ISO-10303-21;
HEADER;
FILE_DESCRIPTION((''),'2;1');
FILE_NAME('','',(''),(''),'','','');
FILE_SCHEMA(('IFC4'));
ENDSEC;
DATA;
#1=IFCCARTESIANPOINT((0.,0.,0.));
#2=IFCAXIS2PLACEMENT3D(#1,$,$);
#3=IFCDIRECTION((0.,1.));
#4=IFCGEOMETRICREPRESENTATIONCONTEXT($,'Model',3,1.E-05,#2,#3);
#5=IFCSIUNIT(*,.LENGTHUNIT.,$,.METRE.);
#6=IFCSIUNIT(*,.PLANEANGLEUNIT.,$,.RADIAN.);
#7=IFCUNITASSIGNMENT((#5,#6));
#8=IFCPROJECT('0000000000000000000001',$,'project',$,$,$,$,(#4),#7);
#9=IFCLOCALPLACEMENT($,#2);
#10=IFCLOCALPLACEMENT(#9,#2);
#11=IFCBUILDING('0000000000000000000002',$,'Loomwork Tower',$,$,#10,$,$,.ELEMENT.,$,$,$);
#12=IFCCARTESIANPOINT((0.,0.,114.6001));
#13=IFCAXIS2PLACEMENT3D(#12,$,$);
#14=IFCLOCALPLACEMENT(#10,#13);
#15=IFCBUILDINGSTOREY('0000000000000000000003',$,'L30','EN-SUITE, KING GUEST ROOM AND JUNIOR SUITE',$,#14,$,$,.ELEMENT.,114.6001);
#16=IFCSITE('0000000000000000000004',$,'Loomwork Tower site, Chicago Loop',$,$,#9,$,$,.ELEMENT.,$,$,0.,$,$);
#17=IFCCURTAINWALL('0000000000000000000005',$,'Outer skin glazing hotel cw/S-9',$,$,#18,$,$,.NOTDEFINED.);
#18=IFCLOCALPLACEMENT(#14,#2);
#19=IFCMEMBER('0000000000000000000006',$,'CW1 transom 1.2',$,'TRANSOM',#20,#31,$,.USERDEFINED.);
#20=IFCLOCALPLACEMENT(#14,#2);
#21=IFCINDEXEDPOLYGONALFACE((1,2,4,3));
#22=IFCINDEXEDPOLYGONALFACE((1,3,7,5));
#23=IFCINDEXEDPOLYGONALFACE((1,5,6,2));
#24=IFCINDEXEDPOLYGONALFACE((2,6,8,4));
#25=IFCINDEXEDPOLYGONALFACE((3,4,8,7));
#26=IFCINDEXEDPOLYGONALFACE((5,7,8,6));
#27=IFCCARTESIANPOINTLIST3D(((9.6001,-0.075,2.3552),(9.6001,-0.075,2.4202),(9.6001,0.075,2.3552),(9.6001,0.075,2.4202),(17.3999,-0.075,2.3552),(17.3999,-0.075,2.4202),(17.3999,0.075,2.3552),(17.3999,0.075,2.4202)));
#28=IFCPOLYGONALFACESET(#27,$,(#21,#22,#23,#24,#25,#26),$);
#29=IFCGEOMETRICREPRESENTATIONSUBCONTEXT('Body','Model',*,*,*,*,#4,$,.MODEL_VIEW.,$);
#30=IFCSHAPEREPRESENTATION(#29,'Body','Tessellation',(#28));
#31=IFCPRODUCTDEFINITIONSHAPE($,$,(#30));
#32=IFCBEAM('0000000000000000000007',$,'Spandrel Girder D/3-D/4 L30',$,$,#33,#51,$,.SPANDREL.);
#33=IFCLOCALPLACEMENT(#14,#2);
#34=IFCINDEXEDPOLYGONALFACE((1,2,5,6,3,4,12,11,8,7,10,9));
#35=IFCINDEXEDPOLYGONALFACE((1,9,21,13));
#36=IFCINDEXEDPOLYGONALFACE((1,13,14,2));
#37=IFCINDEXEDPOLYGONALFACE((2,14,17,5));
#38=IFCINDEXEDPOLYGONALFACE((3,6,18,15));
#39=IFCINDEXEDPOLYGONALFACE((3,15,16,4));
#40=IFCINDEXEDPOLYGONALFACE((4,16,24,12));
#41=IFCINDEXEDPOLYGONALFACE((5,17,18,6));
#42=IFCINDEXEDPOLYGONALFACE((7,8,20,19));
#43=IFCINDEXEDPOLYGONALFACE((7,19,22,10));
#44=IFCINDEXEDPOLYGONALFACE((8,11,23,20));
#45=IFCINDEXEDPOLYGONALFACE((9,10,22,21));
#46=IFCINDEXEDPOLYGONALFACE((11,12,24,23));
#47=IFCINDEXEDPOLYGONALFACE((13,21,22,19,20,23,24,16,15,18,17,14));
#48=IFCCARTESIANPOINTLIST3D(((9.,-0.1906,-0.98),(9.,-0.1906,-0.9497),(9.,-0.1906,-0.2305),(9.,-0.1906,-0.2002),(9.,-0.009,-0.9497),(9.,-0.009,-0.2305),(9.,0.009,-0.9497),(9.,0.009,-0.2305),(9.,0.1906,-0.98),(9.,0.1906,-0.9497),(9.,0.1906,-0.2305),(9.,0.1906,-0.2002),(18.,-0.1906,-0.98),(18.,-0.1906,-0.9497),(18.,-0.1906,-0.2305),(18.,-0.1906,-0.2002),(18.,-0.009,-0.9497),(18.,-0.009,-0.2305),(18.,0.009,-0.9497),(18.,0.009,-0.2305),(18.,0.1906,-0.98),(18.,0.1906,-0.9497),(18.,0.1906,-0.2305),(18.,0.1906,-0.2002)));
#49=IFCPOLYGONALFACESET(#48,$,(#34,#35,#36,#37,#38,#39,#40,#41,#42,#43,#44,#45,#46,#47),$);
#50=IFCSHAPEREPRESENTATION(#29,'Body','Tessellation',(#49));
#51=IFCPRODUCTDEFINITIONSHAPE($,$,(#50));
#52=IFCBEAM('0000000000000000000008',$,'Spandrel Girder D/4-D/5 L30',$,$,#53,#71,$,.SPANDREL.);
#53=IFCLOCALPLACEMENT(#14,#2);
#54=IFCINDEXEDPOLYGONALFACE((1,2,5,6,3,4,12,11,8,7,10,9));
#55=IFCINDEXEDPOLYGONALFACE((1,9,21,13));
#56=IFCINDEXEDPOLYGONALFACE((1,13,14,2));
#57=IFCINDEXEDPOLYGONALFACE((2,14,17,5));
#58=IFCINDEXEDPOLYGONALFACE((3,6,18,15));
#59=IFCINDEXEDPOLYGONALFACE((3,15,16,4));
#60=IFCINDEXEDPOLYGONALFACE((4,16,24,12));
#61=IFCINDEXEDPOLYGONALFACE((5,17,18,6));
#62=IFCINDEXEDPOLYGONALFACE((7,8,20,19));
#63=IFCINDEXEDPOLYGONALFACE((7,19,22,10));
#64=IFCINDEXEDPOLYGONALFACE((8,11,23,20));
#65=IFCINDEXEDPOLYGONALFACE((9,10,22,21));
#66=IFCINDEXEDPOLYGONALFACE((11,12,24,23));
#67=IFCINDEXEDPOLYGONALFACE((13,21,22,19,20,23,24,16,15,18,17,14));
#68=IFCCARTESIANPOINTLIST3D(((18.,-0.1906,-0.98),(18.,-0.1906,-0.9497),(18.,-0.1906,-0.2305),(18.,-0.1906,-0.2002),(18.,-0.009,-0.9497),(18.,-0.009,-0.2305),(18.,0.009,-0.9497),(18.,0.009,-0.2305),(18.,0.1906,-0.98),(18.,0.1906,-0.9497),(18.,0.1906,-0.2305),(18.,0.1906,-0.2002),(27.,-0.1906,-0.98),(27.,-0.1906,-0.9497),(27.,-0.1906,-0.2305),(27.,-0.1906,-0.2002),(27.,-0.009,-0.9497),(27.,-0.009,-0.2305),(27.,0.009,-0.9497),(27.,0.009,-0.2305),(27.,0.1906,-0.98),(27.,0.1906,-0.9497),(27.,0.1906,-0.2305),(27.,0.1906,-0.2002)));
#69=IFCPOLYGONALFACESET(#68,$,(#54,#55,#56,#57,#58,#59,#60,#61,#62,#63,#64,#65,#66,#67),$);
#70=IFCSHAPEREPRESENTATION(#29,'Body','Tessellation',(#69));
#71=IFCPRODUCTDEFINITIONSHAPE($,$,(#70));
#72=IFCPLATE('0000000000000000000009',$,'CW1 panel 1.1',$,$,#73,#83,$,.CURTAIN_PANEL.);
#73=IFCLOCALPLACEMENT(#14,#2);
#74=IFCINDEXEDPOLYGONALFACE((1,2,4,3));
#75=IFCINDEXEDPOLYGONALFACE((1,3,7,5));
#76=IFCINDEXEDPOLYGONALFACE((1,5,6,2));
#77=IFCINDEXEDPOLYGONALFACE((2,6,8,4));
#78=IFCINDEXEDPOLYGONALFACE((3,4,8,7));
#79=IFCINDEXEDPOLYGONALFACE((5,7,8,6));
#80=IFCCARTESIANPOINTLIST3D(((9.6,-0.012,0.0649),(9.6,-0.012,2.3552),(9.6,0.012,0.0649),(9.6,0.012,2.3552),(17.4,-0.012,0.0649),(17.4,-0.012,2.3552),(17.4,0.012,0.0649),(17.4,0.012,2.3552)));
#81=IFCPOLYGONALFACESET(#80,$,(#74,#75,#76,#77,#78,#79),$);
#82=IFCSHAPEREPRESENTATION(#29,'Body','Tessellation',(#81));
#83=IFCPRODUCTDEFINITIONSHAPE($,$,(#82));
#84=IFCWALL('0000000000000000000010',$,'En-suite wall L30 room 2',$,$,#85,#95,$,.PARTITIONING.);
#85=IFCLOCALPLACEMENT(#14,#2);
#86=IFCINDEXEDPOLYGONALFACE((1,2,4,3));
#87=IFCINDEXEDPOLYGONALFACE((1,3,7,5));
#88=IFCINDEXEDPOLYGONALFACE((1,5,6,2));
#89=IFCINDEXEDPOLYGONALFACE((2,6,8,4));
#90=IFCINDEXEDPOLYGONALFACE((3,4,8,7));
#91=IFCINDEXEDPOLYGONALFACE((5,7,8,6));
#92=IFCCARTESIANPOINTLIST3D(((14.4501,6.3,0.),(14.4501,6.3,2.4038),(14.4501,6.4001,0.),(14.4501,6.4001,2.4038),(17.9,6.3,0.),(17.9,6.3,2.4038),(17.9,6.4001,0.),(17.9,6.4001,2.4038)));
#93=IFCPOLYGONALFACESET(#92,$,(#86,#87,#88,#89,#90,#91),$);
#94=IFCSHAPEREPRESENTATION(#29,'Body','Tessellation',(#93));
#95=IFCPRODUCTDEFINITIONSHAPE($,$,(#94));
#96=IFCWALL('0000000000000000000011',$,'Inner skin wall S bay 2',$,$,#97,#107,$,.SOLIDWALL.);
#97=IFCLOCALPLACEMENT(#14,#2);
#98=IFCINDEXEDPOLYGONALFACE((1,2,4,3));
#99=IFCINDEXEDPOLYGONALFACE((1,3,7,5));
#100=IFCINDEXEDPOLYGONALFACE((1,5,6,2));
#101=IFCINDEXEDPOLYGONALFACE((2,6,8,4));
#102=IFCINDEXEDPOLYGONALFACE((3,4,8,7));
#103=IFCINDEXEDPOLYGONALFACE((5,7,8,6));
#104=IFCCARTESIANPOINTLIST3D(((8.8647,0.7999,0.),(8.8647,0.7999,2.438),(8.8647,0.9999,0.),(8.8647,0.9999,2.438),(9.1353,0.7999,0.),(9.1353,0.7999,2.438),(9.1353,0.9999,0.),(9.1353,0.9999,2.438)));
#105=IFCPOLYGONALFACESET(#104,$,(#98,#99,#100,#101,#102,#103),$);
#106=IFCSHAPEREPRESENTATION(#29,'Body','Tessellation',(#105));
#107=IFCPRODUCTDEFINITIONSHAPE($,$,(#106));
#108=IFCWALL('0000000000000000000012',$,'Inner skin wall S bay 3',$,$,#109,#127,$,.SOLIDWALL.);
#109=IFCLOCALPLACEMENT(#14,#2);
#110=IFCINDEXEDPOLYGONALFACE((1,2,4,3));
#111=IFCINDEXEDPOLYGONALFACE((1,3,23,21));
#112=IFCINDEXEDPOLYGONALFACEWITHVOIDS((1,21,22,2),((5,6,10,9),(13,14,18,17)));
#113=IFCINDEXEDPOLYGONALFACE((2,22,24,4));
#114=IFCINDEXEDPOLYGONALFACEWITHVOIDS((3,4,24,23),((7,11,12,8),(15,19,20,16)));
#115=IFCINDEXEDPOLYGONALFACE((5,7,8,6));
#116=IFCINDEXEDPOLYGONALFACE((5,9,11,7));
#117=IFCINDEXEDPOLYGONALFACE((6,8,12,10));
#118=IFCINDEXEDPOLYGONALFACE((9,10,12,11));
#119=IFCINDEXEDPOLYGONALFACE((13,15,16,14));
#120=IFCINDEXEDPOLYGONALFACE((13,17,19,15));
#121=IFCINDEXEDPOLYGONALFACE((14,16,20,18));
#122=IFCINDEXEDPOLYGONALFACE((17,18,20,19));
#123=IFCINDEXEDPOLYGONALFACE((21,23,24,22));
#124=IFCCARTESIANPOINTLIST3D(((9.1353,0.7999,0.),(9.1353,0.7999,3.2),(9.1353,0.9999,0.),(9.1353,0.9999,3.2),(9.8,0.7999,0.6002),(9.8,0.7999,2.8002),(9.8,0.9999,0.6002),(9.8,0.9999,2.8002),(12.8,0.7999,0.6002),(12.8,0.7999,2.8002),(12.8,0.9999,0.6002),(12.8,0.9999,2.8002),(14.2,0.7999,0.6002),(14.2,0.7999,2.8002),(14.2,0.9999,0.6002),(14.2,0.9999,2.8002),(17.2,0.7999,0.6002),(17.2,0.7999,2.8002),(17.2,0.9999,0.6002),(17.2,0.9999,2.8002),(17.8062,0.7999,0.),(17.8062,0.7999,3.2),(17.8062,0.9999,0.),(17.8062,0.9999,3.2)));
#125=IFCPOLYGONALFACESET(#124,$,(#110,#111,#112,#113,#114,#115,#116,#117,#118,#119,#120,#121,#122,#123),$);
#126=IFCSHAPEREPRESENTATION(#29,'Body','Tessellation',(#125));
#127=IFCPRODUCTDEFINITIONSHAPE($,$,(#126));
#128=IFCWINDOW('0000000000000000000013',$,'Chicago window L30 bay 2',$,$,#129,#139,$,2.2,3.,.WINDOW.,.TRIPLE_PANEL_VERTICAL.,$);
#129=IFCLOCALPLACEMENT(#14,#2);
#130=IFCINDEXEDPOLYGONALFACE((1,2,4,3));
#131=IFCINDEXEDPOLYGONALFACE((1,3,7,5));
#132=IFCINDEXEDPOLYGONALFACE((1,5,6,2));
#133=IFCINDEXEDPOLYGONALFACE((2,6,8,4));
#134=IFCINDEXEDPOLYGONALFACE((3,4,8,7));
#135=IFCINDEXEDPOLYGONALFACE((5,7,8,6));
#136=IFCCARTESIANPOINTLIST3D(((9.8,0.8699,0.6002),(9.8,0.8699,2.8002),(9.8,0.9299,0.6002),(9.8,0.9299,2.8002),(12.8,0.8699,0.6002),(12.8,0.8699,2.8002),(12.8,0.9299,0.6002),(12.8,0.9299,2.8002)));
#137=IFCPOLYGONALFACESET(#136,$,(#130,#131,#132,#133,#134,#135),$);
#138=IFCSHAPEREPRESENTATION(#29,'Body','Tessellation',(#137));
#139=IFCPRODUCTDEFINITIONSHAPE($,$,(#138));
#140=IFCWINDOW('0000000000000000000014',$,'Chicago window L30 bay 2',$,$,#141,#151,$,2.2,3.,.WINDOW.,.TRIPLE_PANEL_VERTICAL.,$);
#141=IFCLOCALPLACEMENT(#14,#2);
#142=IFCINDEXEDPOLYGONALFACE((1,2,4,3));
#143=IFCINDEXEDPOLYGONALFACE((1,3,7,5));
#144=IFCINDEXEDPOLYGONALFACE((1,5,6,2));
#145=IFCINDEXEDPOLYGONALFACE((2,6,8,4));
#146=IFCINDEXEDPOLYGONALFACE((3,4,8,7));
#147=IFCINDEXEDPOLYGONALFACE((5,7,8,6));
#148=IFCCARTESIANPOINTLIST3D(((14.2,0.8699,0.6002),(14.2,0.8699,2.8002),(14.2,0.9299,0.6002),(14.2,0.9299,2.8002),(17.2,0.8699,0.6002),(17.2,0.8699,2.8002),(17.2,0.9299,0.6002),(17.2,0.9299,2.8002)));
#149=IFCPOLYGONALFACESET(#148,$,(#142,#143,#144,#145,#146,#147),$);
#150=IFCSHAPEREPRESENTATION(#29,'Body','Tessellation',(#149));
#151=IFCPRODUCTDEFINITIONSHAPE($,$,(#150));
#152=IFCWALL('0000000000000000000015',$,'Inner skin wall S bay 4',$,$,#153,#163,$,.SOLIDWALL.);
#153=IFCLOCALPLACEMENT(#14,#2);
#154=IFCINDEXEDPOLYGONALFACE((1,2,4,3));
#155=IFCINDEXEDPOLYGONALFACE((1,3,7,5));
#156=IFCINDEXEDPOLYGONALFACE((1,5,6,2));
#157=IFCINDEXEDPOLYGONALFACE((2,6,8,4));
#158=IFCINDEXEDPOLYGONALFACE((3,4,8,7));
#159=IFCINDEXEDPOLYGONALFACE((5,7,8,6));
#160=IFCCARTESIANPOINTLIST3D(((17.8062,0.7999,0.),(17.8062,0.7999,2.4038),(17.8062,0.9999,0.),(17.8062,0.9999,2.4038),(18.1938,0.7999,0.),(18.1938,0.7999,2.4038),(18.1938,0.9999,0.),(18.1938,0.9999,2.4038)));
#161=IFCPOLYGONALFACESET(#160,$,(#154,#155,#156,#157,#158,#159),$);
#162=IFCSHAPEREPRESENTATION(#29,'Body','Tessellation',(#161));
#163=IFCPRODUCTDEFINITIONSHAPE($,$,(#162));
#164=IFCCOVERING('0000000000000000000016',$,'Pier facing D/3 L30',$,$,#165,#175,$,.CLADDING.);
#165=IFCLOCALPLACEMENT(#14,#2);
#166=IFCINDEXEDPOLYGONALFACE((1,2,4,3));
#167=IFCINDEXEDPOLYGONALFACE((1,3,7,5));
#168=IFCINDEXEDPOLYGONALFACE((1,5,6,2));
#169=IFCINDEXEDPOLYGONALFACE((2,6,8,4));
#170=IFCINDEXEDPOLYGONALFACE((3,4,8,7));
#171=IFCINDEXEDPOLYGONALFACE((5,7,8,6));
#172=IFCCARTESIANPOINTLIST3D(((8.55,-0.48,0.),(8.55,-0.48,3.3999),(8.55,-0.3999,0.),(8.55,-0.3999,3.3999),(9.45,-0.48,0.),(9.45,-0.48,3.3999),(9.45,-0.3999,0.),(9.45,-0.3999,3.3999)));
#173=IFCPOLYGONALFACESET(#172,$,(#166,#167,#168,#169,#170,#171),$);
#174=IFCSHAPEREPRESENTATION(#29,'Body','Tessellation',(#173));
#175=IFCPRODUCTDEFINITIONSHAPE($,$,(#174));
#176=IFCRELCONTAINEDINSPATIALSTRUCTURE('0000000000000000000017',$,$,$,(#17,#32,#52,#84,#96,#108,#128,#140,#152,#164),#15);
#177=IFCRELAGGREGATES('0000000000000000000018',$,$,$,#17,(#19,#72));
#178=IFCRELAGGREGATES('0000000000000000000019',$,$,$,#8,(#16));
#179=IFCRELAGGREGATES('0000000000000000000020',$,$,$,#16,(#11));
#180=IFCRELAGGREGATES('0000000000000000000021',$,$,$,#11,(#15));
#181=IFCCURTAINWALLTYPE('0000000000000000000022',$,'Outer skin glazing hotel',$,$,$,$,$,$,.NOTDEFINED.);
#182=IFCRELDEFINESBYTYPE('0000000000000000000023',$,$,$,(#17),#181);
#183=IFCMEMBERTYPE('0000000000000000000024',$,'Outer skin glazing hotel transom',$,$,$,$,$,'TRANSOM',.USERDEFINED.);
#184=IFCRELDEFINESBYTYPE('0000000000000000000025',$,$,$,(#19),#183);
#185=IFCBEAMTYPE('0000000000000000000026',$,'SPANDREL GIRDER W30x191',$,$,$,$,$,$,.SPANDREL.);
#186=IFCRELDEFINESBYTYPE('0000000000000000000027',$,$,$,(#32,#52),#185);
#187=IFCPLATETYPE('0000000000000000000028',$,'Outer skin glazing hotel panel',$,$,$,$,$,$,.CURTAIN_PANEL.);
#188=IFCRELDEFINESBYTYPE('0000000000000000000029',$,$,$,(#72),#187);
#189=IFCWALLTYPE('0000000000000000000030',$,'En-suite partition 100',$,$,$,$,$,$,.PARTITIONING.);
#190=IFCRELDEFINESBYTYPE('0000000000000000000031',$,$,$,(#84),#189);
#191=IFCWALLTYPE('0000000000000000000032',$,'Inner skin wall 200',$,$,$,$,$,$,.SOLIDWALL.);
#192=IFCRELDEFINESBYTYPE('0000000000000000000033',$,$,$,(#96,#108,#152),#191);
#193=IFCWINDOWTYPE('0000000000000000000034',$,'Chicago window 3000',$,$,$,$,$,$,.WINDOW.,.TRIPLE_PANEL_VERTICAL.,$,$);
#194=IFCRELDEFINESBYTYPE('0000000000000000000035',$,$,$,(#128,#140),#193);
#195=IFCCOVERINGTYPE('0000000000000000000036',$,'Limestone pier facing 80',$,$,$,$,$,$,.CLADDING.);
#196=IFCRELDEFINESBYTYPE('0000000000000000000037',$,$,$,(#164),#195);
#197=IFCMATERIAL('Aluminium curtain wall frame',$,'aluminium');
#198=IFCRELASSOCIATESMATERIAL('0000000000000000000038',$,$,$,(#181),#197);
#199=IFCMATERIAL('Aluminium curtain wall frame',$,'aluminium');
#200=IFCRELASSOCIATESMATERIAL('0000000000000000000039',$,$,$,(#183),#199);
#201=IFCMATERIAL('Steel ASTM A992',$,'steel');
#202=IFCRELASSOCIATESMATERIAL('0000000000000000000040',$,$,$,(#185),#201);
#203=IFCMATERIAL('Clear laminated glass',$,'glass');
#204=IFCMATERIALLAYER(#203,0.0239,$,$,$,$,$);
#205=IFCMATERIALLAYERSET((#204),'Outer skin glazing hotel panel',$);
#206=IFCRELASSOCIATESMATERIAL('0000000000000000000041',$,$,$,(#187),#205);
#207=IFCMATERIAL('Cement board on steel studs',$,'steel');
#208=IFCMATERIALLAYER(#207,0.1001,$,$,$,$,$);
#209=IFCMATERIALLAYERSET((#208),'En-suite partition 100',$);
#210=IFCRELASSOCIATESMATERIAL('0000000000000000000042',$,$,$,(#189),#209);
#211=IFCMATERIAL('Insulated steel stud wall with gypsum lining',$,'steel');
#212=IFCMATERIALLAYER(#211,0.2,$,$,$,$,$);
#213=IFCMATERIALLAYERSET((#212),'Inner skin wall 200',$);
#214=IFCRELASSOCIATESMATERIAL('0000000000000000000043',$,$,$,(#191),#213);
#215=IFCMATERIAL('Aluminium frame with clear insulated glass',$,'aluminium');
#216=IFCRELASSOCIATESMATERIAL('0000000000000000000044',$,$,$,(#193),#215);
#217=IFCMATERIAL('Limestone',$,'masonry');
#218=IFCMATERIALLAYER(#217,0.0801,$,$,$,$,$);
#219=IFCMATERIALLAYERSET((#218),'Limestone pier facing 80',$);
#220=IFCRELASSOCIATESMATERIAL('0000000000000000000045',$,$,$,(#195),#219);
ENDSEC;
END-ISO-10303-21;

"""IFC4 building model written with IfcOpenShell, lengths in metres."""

from ifc_helpers import new_model, si_unit, direction, frame, frame_2d, origin, origin_2d, place, context, subcontext, project, spatial, rectangle, i_section, extrude, material, layer, layer_set, material_profile, profile_set, type_object, element, fill, aggregate, save


model = new_model("IFC4")

# Units and contexts
model_context = context("Model", 3, precision=1e-05, world=origin(), true_north=direction((0.0, 1.0)))
body_context = subcontext(model_context, "Body", "Model", "MODEL_VIEW")
ifc_project = project(units=[si_unit("LENGTHUNIT", "METRE"), si_unit("PLANEANGLEUNIT", "RADIAN")], contexts=[model_context])

# Site, building, storey
site_placement = place(None, origin())
site = spatial("IfcSite", under=ifc_project, at=site_placement, Name="Loomwork Tower site, Chicago Loop", CompositionType="ELEMENT", RefElevation=0.0)
building_placement = place(site_placement, origin())
building = spatial("IfcBuilding", under=site, at=building_placement, Name="Loomwork Tower", CompositionType="ELEMENT")
storey_placement = place(building_placement, frame((0.0, 0.0, 114.6001)))
storey = spatial("IfcBuildingStorey", under=building, at=storey_placement, Name="L30", Description="EN-SUITE, KING GUEST ROOM AND JUNIOR SUITE", CompositionType="ELEMENT", Elevation=114.6001)

# Shared definitions
ifc_material_1 = material(Name="Aluminium curtain wall frame", Category="aluminium")
curtain_wall_type = type_object("IfcCurtainWallType", Name="Outer skin glazing hotel", PredefinedType="NOTDEFINED", material=ifc_material_1)

# Curtain wall, member
curtain_wall_1_placement = place(storey_placement, origin())
curtain_wall_1 = element("IfcCurtainWall", 1, at=curtain_wall_1_placement, inside=storey, type_object=curtain_wall_type, Name="Outer skin glazing hotel cw/S-9", PredefinedType="NOTDEFINED")
ifc_material_2 = material(Name="Aluminium curtain wall frame", Category="aluminium")
ifc_material_profile_1 = material_profile(ifc_material_2, rectangle(XDim=0.1499, YDim=0.0649, at=origin_2d()), Name="AL 65x150")
ifc_profile_set_1 = profile_set([ifc_material_profile_1], Name="Aluminium curtain wall frame")
member_type_1 = type_object("IfcMemberType", Name="Outer skin glazing hotel transom", ElementType="TRANSOM", PredefinedType="USERDEFINED", material=ifc_profile_set_1)
member_1_placement = place(storey_placement, frame((9.6001, 0.0, 2.3877), z_axis=(1.0, 0.0, 0.0), x_axis=(0.0, 1.0, 0.0)))
member_1 = element("IfcMember", 2, at=member_1_placement, type_object=member_type_1, Name="CW1 transom 1.2", ObjectType="TRANSOM", PredefinedType="USERDEFINED", context=body_context, shape_type="SweptSolid", body=[
    extrude(rectangle(XDim=0.1499, YDim=0.0649, at=origin_2d()), origin(), (0.0, 0.0, 1.0), 7.7998),
])

# Beams
ifc_material_3 = material(Name="Steel ASTM A992", Category="steel")
ifc_material_profile_2 = material_profile(ifc_material_3, i_section(OverallWidth=0.3811, OverallDepth=0.7798, WebThickness=0.0181, FlangeThickness=0.0303, at=origin_2d()), Name="W30x191")
ifc_profile_set_2 = profile_set([ifc_material_profile_2], Name="Steel ASTM A992")
beam_type_1 = type_object("IfcBeamType", Name="SPANDREL GIRDER W30x191", PredefinedType="SPANDREL", material=ifc_profile_set_2)
for number, where, z_axis, x_axis, name in (
    (3, (9.0, 0.0, -0.5901), (1.0, 0.0, 0.0), (0.0, 1.0, 0.0), "Spandrel Girder D/3-D/4 L30"),
    (4, (18.0, 0.0, -0.5901), (1.0, 0.0, 0.0), (0.0, 1.0, 0.0), "Spandrel Girder D/4-D/5 L30"),
):
    element("IfcBeam", number, at=place(storey_placement, frame(where, z_axis=z_axis, x_axis=x_axis)), inside=storey, type_object=beam_type_1, Name=name, PredefinedType="SPANDREL", context=body_context, shape_type="SweptSolid", body=[
        extrude(i_section(OverallWidth=0.3811, OverallDepth=0.7798, WebThickness=0.0181, FlangeThickness=0.0303, at=origin_2d()), origin(), (0.0, 0.0, 1.0), 9.0),
    ])

# Plate
ifc_material_4 = material(Name="Clear laminated glass", Category="glass")
ifc_layer_1 = layer(ifc_material_4, 0.0239)
ifc_layer_set_1 = layer_set([ifc_layer_1], Name="Outer skin glazing hotel panel")
plate_type = type_object("IfcPlateType", Name="Outer skin glazing hotel panel", PredefinedType="CURTAIN_PANEL", material=ifc_layer_set_1)
plate_placement = place(storey_placement, frame((13.5, 0.0, 0.0649), z_axis=(0.0, 0.0, 1.0), x_axis=(1.0, 0.0, 0.0)))
plate = element("IfcPlate", 5, at=plate_placement, type_object=plate_type, Name="CW1 panel 1.1", PredefinedType="CURTAIN_PANEL", context=body_context, shape_type="SweptSolid", body=[
    extrude(rectangle(XDim=7.8, YDim=0.0239, at=origin_2d()), origin(), (0.0, 0.0, 1.0), 2.2903),
])
aggregate(curtain_wall_1, [member_1, plate])

# Walls
ifc_material_5 = material(Name="Cement board on steel studs", Category="steel")
ifc_layer_2 = layer(ifc_material_5, 0.1001)
ifc_layer_set_2 = layer_set([ifc_layer_2], Name="En-suite partition 100")
wall_type_1 = type_object("IfcWallType", Name="En-suite partition 100", PredefinedType="PARTITIONING", material=ifc_layer_set_2)
wall_1_placement = place(storey_placement, frame((14.45, 6.3501, 0.0), z_axis=(0.0, 0.0, 1.0), x_axis=(1.0, 0.0, 0.0)))
element("IfcWall", 6, at=wall_1_placement, inside=storey, type_object=wall_type_1, Name="En-suite wall L30 room 2", PredefinedType="PARTITIONING", context=body_context, shape_type="SweptSolid", body=[
    extrude(rectangle(XDim=3.45, YDim=0.1001, at=frame_2d((1.7251, 0.0))), origin(), (0.0, 0.0, 1.0), 2.4038),
])
ifc_material_6 = material(Name="Insulated steel stud wall with gypsum lining", Category="steel")
ifc_layer_3 = layer(ifc_material_6, 0.2)
ifc_layer_set_3 = layer_set([ifc_layer_3], Name="Inner skin wall 200")
wall_type_2 = type_object("IfcWallType", Name="Inner skin wall 200", PredefinedType="SOLIDWALL", material=ifc_layer_set_3)
wall_2_placement = place(storey_placement, frame((8.8647, 0.8999, 0.0), z_axis=(0.0, 0.0, 1.0), x_axis=(1.0, 0.0, 0.0)))
element("IfcWall", 7, at=wall_2_placement, inside=storey, type_object=wall_type_2, Name="Inner skin wall S bay 2", PredefinedType="SOLIDWALL", context=body_context, shape_type="SweptSolid", body=[
    extrude(rectangle(XDim=0.2705, YDim=0.2, at=frame_2d((0.1353, 0.0))), origin(), (0.0, 0.0, 1.0), 2.438),
])

# Wall, openings, windows
wall_3_placement = place(storey_placement, frame((9.1353, 0.8999, 0.0), z_axis=(0.0, 0.0, 1.0), x_axis=(1.0, 0.0, 0.0)))
wall_3 = element("IfcWall", 8, at=wall_3_placement, inside=storey, type_object=wall_type_2, Name="Inner skin wall S bay 3", PredefinedType="SOLIDWALL", context=body_context, shape_type="SweptSolid", body=[
    extrude(rectangle(XDim=8.6709, YDim=0.2, at=frame_2d((4.3354, 0.0))), origin(), (0.0, 0.0, 1.0), 3.2),
])
opening_1_placement = place(wall_3_placement, frame((0.6648, 0.0, 0.6001)))
opening_1 = element("IfcOpeningElement", 9, at=opening_1_placement, cuts=wall_3, PredefinedType="OPENING", context=body_context, shape_type="SweptSolid", body=[
    extrude(rectangle(XDim=3.0, YDim=2.2, at=frame_2d((1.5, 1.1001))), frame((0.0, 0.1099, 0.0), z_axis=(0.0, -1.0, 0.0), x_axis=(1.0, 0.0, 0.0)), (0.0, 0.0, 1.0), 0.22),
])
opening_2_placement = place(wall_3_placement, frame((5.0647, 0.0, 0.6001)))
opening_2 = element("IfcOpeningElement", 10, at=opening_2_placement, cuts=wall_3, PredefinedType="OPENING", context=body_context, shape_type="SweptSolid", body=[
    extrude(rectangle(XDim=3.0, YDim=2.2, at=frame_2d((1.5, 1.1001))), frame((0.0, 0.1099, 0.0), z_axis=(0.0, -1.0, 0.0), x_axis=(1.0, 0.0, 0.0)), (0.0, 0.0, 1.0), 0.22),
])
ifc_material_7 = material(Name="Aluminium frame with clear insulated glass", Category="aluminium")
window_type = type_object("IfcWindowType", Name="Chicago window 3000", PartitioningType="TRIPLE_PANEL_VERTICAL", PredefinedType="WINDOW", material=ifc_material_7)
window_1_placement = place(opening_1_placement, origin())
window_1 = element("IfcWindow", 11, at=window_1_placement, inside=storey, type_object=window_type, Name="Chicago window L30 bay 2", OverallHeight=2.2, OverallWidth=3.0, PartitioningType="TRIPLE_PANEL_VERTICAL", PredefinedType="WINDOW", context=body_context, shape_type="SweptSolid", body=[
    extrude(rectangle(XDim=3.0, YDim=2.2, at=frame_2d((1.5, 1.1001))), frame((0.0, 0.03, 0.0), z_axis=(0.0, -1.0, 0.0), x_axis=(1.0, 0.0, 0.0)), (0.0, 0.0, 1.0), 0.0601),
])
fill(opening_1, window_1)
window_2_placement = place(opening_2_placement, origin())
window_2 = element("IfcWindow", 12, at=window_2_placement, inside=storey, type_object=window_type, Name="Chicago window L30 bay 2", OverallHeight=2.2, OverallWidth=3.0, PartitioningType="TRIPLE_PANEL_VERTICAL", PredefinedType="WINDOW", context=body_context, shape_type="SweptSolid", body=[
    extrude(rectangle(XDim=3.0, YDim=2.2, at=frame_2d((1.5, 1.1001))), frame((0.0, 0.03, 0.0), z_axis=(0.0, -1.0, 0.0), x_axis=(1.0, 0.0, 0.0)), (0.0, 0.0, 1.0), 0.0601),
])
fill(opening_2, window_2)

# Wall
wall_4_placement = place(storey_placement, frame((17.8062, 0.8999, 0.0), z_axis=(0.0, 0.0, 1.0), x_axis=(1.0, 0.0, 0.0)))
element("IfcWall", 13, at=wall_4_placement, inside=storey, type_object=wall_type_2, Name="Inner skin wall S bay 4", PredefinedType="SOLIDWALL", context=body_context, shape_type="SweptSolid", body=[
    extrude(rectangle(XDim=0.3877, YDim=0.2, at=frame_2d((0.1938, 0.0))), origin(), (0.0, 0.0, 1.0), 2.4038),
])

# Covering
ifc_material_8 = material(Name="Limestone", Category="masonry")
ifc_layer_4 = layer(ifc_material_8, 0.0801)
ifc_layer_set_4 = layer_set([ifc_layer_4], Name="Limestone pier facing 80")
covering_type = type_object("IfcCoveringType", Name="Limestone pier facing 80", PredefinedType="CLADDING", material=ifc_layer_set_4)
for number, where, z_axis, x_axis, name in (
    (14, (9.0, -0.4399, 0.0), (0.0, 0.0, 1.0), (1.0, 0.0, 0.0), "Pier facing D/3 L30"),
):
    element("IfcCovering", number, at=place(storey_placement, frame(where, z_axis=z_axis, x_axis=x_axis)), inside=storey, type_object=covering_type, Name=name, PredefinedType="CLADDING", context=body_context, shape_type="SweptSolid", body=[
        extrude(rectangle(XDim=0.8999, YDim=0.0801, at=origin_2d()), origin(), (0.0, 0.0, 1.0), 3.3999),
    ])

save(model, "model.ifc")
